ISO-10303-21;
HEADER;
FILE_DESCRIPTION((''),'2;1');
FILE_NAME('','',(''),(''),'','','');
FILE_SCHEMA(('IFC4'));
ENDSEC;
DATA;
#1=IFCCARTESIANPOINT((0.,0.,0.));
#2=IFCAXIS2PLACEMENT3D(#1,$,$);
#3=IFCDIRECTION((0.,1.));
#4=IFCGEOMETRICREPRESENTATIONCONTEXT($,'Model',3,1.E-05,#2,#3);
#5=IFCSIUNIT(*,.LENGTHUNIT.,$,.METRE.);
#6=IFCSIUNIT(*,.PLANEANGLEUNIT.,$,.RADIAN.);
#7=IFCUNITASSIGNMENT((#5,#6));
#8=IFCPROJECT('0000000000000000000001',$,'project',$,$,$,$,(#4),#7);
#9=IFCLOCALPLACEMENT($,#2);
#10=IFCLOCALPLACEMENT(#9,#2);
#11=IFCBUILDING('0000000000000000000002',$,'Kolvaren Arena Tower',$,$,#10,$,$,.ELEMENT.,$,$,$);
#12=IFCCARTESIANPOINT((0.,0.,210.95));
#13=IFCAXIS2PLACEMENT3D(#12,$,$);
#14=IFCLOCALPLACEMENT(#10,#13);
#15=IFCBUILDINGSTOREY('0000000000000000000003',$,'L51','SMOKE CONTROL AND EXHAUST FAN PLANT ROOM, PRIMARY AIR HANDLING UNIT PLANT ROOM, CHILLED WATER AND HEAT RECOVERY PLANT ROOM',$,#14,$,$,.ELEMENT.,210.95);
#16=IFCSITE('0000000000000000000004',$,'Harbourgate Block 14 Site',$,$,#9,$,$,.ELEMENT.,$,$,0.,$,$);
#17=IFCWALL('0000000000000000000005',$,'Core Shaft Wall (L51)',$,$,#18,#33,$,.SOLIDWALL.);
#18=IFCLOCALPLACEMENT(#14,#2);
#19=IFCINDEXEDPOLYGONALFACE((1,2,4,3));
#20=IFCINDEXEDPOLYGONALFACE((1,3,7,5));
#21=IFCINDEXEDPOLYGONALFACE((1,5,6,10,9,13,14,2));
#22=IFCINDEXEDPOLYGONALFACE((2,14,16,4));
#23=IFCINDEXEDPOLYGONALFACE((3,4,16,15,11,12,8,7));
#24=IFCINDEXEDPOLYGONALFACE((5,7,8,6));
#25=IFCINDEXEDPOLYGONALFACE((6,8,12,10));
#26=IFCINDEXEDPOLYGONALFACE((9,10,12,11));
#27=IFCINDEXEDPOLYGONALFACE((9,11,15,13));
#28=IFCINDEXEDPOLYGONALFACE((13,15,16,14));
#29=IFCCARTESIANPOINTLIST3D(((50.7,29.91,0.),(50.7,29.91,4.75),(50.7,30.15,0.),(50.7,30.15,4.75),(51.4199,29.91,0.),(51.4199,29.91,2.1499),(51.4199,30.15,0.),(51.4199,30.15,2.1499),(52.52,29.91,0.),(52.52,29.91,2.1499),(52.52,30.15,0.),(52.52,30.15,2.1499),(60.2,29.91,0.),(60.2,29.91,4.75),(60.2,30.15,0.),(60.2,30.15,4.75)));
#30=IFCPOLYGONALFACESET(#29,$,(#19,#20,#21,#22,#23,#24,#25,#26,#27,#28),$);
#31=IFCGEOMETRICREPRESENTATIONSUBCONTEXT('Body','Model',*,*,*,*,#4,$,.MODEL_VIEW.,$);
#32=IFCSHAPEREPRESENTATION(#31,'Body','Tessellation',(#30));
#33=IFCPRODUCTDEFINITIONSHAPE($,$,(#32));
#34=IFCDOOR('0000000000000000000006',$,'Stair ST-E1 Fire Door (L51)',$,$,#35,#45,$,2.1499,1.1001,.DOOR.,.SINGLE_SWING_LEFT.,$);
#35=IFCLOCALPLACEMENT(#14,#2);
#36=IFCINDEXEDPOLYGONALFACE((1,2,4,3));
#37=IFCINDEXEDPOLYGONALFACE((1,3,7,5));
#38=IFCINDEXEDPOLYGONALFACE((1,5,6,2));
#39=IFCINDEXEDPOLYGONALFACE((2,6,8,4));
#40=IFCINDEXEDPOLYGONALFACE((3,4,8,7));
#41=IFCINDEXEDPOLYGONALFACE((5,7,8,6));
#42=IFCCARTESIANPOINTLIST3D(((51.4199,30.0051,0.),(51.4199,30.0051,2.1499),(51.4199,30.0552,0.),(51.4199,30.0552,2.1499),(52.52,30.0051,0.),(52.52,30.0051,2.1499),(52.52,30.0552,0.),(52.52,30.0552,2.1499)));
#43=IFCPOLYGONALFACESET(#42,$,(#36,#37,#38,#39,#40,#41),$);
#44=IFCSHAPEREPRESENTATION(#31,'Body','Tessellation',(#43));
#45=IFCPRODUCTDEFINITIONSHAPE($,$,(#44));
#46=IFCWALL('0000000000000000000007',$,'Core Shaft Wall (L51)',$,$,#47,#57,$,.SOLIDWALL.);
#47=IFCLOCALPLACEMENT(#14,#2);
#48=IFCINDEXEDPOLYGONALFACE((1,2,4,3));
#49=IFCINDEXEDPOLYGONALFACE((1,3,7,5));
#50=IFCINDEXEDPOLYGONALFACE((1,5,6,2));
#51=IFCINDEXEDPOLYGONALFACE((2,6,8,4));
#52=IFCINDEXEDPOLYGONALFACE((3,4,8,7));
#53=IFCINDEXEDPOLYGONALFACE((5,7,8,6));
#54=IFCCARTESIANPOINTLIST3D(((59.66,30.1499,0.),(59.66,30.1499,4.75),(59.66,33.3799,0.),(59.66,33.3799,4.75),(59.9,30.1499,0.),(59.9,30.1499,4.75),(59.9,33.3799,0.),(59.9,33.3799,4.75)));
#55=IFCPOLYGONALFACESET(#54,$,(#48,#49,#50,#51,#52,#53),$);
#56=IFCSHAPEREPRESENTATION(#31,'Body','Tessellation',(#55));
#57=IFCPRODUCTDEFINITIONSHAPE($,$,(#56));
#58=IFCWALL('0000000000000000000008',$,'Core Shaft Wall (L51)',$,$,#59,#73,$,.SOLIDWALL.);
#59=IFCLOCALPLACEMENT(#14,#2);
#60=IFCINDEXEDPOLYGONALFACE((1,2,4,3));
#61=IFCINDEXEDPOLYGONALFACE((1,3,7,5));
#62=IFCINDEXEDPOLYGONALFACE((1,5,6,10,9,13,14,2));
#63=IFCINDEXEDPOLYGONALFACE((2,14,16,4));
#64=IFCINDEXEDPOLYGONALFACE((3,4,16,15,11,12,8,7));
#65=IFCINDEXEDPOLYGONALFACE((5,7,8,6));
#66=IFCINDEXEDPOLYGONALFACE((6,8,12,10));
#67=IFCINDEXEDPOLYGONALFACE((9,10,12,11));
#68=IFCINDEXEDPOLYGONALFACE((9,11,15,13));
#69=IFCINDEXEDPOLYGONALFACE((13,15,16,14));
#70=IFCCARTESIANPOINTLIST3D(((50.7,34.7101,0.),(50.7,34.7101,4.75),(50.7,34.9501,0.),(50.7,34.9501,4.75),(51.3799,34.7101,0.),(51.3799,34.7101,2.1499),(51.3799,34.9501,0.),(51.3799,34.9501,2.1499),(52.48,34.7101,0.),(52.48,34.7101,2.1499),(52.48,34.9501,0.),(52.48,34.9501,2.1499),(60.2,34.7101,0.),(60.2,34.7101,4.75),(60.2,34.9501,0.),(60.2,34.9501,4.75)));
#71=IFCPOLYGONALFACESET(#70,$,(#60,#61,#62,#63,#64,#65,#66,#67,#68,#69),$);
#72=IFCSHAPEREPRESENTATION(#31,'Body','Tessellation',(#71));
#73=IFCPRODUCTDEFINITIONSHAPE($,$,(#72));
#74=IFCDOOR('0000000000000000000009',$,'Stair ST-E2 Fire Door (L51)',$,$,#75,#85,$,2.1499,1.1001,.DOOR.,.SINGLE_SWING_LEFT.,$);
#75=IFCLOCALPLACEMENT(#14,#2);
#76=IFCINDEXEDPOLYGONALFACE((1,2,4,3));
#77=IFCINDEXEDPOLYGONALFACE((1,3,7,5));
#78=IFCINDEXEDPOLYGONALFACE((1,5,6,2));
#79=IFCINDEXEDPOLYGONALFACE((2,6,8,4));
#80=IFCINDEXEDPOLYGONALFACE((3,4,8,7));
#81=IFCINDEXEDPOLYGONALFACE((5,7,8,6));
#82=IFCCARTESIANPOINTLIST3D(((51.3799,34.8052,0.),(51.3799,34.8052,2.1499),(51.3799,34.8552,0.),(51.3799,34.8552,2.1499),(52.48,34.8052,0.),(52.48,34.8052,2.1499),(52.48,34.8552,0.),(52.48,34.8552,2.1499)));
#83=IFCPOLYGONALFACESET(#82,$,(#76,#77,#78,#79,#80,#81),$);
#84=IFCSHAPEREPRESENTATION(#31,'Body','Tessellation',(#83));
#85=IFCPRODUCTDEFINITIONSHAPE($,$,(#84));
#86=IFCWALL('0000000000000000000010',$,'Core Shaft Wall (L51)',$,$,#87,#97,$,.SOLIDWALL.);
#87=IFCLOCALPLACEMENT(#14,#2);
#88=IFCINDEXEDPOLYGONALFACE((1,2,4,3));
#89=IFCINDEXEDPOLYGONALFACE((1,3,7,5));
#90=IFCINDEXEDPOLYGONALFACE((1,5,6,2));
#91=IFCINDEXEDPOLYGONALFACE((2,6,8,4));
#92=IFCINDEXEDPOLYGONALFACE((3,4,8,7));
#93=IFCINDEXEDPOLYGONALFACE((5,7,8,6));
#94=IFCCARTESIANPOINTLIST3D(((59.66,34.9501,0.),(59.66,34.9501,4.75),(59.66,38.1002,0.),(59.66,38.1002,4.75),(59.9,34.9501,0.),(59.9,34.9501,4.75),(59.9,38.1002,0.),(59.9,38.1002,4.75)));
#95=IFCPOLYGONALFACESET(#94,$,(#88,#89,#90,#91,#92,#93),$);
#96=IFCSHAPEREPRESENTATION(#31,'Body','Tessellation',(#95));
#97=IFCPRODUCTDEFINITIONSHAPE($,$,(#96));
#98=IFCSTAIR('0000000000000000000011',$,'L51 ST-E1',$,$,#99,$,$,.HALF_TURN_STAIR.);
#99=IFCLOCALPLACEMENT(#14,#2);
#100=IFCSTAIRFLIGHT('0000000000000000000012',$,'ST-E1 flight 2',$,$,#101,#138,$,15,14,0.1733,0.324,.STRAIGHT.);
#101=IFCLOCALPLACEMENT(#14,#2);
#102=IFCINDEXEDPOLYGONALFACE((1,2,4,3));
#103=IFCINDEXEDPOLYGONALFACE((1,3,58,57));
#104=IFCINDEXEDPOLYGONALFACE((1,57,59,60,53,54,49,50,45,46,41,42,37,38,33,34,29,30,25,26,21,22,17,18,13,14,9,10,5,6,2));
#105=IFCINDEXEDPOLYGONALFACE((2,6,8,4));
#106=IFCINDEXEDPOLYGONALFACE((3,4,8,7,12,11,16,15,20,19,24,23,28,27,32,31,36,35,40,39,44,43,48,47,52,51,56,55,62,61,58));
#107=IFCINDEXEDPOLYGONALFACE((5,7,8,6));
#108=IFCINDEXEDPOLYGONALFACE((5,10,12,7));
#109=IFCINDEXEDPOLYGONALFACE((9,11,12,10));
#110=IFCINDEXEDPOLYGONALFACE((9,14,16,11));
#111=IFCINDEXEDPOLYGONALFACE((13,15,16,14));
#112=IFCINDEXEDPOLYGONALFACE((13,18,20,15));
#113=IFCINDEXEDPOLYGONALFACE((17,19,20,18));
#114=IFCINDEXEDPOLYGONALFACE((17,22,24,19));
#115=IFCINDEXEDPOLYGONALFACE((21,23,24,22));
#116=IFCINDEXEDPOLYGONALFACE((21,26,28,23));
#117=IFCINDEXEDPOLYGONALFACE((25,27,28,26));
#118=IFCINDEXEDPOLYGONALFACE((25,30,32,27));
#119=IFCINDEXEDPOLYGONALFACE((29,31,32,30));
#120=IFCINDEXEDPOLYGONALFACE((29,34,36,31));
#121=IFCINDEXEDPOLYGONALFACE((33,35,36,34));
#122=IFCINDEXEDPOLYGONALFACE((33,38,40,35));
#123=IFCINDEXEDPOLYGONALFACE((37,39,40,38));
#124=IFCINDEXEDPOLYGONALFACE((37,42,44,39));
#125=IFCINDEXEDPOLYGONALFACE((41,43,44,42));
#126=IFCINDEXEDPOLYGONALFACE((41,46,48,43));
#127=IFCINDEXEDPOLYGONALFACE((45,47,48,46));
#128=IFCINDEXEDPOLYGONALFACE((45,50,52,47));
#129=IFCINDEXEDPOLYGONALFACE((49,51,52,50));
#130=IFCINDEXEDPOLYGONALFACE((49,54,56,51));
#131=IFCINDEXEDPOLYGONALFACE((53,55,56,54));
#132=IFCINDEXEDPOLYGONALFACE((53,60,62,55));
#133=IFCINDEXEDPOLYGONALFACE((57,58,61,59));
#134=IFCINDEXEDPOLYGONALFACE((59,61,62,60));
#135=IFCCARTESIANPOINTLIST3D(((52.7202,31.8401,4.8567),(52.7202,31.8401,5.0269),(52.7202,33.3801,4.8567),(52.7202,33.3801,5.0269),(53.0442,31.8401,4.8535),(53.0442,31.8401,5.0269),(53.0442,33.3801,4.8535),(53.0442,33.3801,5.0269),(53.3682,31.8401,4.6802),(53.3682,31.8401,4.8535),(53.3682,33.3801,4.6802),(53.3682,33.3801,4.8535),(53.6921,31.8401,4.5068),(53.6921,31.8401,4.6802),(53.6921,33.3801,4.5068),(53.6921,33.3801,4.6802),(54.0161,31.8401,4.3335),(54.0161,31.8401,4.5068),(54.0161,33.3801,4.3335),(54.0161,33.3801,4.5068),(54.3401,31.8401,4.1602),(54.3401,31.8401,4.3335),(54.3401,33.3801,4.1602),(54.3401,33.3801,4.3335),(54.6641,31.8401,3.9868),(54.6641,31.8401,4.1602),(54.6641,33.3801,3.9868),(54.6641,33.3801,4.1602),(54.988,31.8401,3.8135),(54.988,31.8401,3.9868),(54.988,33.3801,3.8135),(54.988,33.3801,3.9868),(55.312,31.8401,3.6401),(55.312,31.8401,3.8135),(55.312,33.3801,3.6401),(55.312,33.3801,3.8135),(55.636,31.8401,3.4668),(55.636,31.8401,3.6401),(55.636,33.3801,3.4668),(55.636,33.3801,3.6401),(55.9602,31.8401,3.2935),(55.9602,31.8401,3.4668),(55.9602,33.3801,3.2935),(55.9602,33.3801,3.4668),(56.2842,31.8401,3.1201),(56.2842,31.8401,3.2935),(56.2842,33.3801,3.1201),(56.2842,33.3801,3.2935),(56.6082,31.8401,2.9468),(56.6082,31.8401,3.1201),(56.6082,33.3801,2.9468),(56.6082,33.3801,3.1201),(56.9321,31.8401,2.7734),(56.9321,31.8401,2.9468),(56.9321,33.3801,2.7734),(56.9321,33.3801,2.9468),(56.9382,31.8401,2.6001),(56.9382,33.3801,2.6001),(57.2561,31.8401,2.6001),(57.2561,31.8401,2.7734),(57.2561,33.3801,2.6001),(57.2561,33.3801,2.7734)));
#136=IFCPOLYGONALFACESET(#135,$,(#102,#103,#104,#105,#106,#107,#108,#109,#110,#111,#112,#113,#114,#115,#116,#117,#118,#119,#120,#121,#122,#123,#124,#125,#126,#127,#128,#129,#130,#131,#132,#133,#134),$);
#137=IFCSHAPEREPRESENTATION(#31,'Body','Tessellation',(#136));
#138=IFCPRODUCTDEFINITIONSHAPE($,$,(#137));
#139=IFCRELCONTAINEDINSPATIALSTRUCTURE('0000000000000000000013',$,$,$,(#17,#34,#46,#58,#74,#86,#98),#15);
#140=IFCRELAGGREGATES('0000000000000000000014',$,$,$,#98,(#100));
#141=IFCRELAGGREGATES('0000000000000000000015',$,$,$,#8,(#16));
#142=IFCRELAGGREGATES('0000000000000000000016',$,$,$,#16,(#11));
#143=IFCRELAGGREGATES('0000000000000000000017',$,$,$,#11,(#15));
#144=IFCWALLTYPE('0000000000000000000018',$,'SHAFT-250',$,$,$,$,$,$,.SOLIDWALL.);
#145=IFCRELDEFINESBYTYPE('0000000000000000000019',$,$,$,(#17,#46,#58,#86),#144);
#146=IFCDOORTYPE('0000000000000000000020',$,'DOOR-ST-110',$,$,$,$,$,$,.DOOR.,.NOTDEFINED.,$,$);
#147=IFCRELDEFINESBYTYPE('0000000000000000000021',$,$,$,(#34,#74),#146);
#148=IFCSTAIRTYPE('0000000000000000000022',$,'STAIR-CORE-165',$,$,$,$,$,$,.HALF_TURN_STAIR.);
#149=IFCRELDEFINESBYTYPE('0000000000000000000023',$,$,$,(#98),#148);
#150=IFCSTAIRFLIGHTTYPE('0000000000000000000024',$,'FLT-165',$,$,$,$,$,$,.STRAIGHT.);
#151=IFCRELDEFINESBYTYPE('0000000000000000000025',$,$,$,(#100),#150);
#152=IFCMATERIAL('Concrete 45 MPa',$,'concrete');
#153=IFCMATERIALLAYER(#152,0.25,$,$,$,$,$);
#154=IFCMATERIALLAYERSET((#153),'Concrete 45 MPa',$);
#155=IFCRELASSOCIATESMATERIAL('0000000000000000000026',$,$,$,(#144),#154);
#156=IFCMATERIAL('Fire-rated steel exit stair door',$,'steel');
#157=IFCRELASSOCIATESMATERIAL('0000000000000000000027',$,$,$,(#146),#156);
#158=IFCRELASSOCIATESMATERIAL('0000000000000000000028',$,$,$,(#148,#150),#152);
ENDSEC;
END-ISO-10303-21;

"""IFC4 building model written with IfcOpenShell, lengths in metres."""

from ifc_helpers import new_model, si_unit, direction, frame, frame_2d, origin, place, context, subcontext, project, spatial, polyline, rectangle, outline, extrude, material, layer, layer_set, type_object, element, fill, aggregate, save


model = new_model("IFC4")

# Units and contexts
model_context = context("Model", 3, precision=1e-05, world=origin(), true_north=direction((0.0, 1.0)))
body_context = subcontext(model_context, "Body", "Model", "MODEL_VIEW")
ifc_project = project(units=[si_unit("LENGTHUNIT", "METRE"), si_unit("PLANEANGLEUNIT", "RADIAN")], contexts=[model_context])

# Site, building, storey
site_placement = place(None, origin())
site = spatial("IfcSite", under=ifc_project, at=site_placement, Name="Harbourgate Block 14 Site", CompositionType="ELEMENT", RefElevation=0.0)
building_placement = place(site_placement, origin())
building = spatial("IfcBuilding", under=site, at=building_placement, Name="Kolvaren Arena Tower", CompositionType="ELEMENT")
storey_placement = place(building_placement, frame((0.0, 0.0, 210.95)))
storey = spatial("IfcBuildingStorey", under=building, at=storey_placement, Name="L51", Description="SMOKE CONTROL AND EXHAUST FAN PLANT ROOM, PRIMARY AIR HANDLING UNIT PLANT ROOM, CHILLED WATER AND HEAT RECOVERY PLANT ROOM", CompositionType="ELEMENT", Elevation=210.95)

# Wall, opening, door
ifc_material_1 = material(Name="Concrete 45 MPa", Category="concrete")
ifc_layer = layer(ifc_material_1, 0.25)
ifc_layer_set = layer_set([ifc_layer], Name="Concrete 45 MPa")
wall_type = type_object("IfcWallType", Name="SHAFT-250", PredefinedType="SOLIDWALL", material=ifc_layer_set)
wall_1_placement = place(storey_placement, frame((60.2, 30.03, 0.0), z_axis=(0.0, 0.0, 1.0), x_axis=(-1.0, 0.0, 0.0)))
wall_1 = element("IfcWall", 1, at=wall_1_placement, inside=storey, type_object=wall_type, Name="Core Shaft Wall (L51)", PredefinedType="SOLIDWALL", context=body_context, shape_type="SweptSolid", body=[
    extrude(rectangle(XDim=9.5, YDim=0.24, at=frame_2d((4.75, 0.0))), origin(), (0.0, 0.0, 1.0), 4.75),
])
opening_1_placement = place(wall_1_placement, frame((7.6799, 0.0, 0.0)))
opening_1 = element("IfcOpeningElement", 2, at=opening_1_placement, cuts=wall_1, PredefinedType="OPENING", context=body_context, shape_type="SweptSolid", body=[
    extrude(rectangle(XDim=1.1001, YDim=2.1499, at=frame_2d((0.55, 1.075))), frame((0.0, 0.1299, 0.0), z_axis=(0.0, -1.0, 0.0), x_axis=(1.0, 0.0, 0.0)), (0.0, 0.0, 1.0), 0.26),
])
ifc_material_2 = material(Name="Fire-rated steel exit stair door", Category="steel")
door_type = type_object("IfcDoorType", Name="DOOR-ST-110", OperationType="NOTDEFINED", PredefinedType="DOOR", material=ifc_material_2)
door_1_placement = place(opening_1_placement, origin())
door_1 = element("IfcDoor", 3, at=door_1_placement, inside=storey, type_object=door_type, Name="Stair ST-E1 Fire Door (L51)", OperationType="SINGLE_SWING_LEFT", OverallHeight=2.1499, OverallWidth=1.1001, PredefinedType="DOOR", context=body_context, shape_type="SweptSolid", body=[
    extrude(rectangle(XDim=1.1001, YDim=2.1499, at=frame_2d((0.55, 1.075))), frame((0.0, 0.0249, 0.0), z_axis=(0.0, -1.0, 0.0), x_axis=(1.0, 0.0, 0.0)), (0.0, 0.0, 1.0), 0.05),
])
fill(opening_1, door_1)

# Wall
wall_2_placement = place(storey_placement, frame((59.78, 30.1499, 0.0), z_axis=(0.0, 0.0, 1.0), x_axis=(0.0, 1.0, 0.0)))
element("IfcWall", 4, at=wall_2_placement, inside=storey, type_object=wall_type, Name="Core Shaft Wall (L51)", PredefinedType="SOLIDWALL", context=body_context, shape_type="SweptSolid", body=[
    extrude(rectangle(XDim=3.23, YDim=0.24, at=frame_2d((1.615, 0.0))), origin(), (0.0, 0.0, 1.0), 4.75),
])

# Wall, opening, door
wall_3_placement = place(storey_placement, frame((60.2, 34.8301, 0.0), z_axis=(0.0, 0.0, 1.0), x_axis=(-1.0, 0.0, 0.0)))
wall_3 = element("IfcWall", 5, at=wall_3_placement, inside=storey, type_object=wall_type, Name="Core Shaft Wall (L51)", PredefinedType="SOLIDWALL", context=body_context, shape_type="SweptSolid", body=[
    extrude(rectangle(XDim=9.5, YDim=0.24, at=frame_2d((4.75, 0.0))), origin(), (0.0, 0.0, 1.0), 4.75),
])
opening_2_placement = place(wall_3_placement, frame((7.72, 0.0, 0.0)))
opening_2 = element("IfcOpeningElement", 6, at=opening_2_placement, cuts=wall_3, PredefinedType="OPENING", context=body_context, shape_type="SweptSolid", body=[
    extrude(rectangle(XDim=1.1001, YDim=2.1499, at=frame_2d((0.55, 1.075))), frame((0.0, 0.1299, 0.0), z_axis=(0.0, -1.0, 0.0), x_axis=(1.0, 0.0, 0.0)), (0.0, 0.0, 1.0), 0.26),
])
door_2_placement = place(opening_2_placement, origin())
door_2 = element("IfcDoor", 7, at=door_2_placement, inside=storey, type_object=door_type, Name="Stair ST-E2 Fire Door (L51)", OperationType="SINGLE_SWING_LEFT", OverallHeight=2.1499, OverallWidth=1.1001, PredefinedType="DOOR", context=body_context, shape_type="SweptSolid", body=[
    extrude(rectangle(XDim=1.1001, YDim=2.1499, at=frame_2d((0.55, 1.075))), frame((0.0, 0.0249, 0.0), z_axis=(0.0, -1.0, 0.0), x_axis=(1.0, 0.0, 0.0)), (0.0, 0.0, 1.0), 0.05),
])
fill(opening_2, door_2)

# Wall
wall_4_placement = place(storey_placement, frame((59.78, 34.95, 0.0), z_axis=(0.0, 0.0, 1.0), x_axis=(0.0, 1.0, 0.0)))
element("IfcWall", 8, at=wall_4_placement, inside=storey, type_object=wall_type, Name="Core Shaft Wall (L51)", PredefinedType="SOLIDWALL", context=body_context, shape_type="SweptSolid", body=[
    extrude(rectangle(XDim=3.1501, YDim=0.24, at=frame_2d((1.5752, 0.0))), origin(), (0.0, 0.0, 1.0), 4.75),
])

# Stair, stair flight
stair_type = type_object("IfcStairType", Name="STAIR-CORE-165", PredefinedType="HALF_TURN_STAIR", material=ifc_material_1)
stair_placement = place(storey_placement, origin())
stair = element("IfcStair", 9, at=stair_placement, inside=storey, type_object=stair_type, Name="L51 ST-E1", PredefinedType="HALF_TURN_STAIR")
stair_flight_type = type_object("IfcStairFlightType", Name="FLT-165", PredefinedType="STRAIGHT", material=ifc_material_1)
stair_flight_placement = place(storey_placement, frame((57.2561, 32.6101, 2.6001), z_axis=(0.0, 0.0, 1.0), x_axis=(-1.0, 0.0, 0.0)))
stair_flight = element("IfcStairFlight", 10, at=stair_flight_placement, type_object=stair_flight_type, Name="ST-E1 flight 2", NumberOfRisers=15, NumberOfTreads=14, PredefinedType="STRAIGHT", RiserHeight=0.1733, TreadLength=0.324, context=body_context, shape_type="SweptSolid", body=[
    extrude(outline(polyline([(0.0, 0.0), (0.0, 0.1733), (0.324, 0.1733), (0.324, 0.3467), (0.6479, 0.3467), (0.6479, 0.52), (0.9719, 0.52), (0.9719, 0.6934), (1.2959, 0.6934), (1.2959, 0.8667), (1.6201, 0.8667), (1.6201, 1.04), (1.9441, 1.04), (1.9441, 1.2134), (2.2681, 1.2134), (2.2681, 1.3867), (2.592, 1.3867), (2.592, 1.5601), (2.916, 1.5601), (2.916, 1.7334), (3.24, 1.7334), (3.24, 1.9067), (3.564, 1.9067), (3.564, 2.0801), (3.8879, 2.0801), (3.8879, 2.2534), (4.2119, 2.2534), (4.2119, 2.4268), (4.5359, 2.4268), (4.5359, 2.6001), (4.5359, 2.2566), (0.3179, 0.0), (0.0, 0.0)])), frame((0.0, 0.77, 0.0), z_axis=(0.0, -1.0, 0.0), x_axis=(1.0, 0.0, 0.0)), (0.0, 0.0, 1.0), 1.54),
])
aggregate(stair, [stair_flight])

save(model, "model.ifc")
